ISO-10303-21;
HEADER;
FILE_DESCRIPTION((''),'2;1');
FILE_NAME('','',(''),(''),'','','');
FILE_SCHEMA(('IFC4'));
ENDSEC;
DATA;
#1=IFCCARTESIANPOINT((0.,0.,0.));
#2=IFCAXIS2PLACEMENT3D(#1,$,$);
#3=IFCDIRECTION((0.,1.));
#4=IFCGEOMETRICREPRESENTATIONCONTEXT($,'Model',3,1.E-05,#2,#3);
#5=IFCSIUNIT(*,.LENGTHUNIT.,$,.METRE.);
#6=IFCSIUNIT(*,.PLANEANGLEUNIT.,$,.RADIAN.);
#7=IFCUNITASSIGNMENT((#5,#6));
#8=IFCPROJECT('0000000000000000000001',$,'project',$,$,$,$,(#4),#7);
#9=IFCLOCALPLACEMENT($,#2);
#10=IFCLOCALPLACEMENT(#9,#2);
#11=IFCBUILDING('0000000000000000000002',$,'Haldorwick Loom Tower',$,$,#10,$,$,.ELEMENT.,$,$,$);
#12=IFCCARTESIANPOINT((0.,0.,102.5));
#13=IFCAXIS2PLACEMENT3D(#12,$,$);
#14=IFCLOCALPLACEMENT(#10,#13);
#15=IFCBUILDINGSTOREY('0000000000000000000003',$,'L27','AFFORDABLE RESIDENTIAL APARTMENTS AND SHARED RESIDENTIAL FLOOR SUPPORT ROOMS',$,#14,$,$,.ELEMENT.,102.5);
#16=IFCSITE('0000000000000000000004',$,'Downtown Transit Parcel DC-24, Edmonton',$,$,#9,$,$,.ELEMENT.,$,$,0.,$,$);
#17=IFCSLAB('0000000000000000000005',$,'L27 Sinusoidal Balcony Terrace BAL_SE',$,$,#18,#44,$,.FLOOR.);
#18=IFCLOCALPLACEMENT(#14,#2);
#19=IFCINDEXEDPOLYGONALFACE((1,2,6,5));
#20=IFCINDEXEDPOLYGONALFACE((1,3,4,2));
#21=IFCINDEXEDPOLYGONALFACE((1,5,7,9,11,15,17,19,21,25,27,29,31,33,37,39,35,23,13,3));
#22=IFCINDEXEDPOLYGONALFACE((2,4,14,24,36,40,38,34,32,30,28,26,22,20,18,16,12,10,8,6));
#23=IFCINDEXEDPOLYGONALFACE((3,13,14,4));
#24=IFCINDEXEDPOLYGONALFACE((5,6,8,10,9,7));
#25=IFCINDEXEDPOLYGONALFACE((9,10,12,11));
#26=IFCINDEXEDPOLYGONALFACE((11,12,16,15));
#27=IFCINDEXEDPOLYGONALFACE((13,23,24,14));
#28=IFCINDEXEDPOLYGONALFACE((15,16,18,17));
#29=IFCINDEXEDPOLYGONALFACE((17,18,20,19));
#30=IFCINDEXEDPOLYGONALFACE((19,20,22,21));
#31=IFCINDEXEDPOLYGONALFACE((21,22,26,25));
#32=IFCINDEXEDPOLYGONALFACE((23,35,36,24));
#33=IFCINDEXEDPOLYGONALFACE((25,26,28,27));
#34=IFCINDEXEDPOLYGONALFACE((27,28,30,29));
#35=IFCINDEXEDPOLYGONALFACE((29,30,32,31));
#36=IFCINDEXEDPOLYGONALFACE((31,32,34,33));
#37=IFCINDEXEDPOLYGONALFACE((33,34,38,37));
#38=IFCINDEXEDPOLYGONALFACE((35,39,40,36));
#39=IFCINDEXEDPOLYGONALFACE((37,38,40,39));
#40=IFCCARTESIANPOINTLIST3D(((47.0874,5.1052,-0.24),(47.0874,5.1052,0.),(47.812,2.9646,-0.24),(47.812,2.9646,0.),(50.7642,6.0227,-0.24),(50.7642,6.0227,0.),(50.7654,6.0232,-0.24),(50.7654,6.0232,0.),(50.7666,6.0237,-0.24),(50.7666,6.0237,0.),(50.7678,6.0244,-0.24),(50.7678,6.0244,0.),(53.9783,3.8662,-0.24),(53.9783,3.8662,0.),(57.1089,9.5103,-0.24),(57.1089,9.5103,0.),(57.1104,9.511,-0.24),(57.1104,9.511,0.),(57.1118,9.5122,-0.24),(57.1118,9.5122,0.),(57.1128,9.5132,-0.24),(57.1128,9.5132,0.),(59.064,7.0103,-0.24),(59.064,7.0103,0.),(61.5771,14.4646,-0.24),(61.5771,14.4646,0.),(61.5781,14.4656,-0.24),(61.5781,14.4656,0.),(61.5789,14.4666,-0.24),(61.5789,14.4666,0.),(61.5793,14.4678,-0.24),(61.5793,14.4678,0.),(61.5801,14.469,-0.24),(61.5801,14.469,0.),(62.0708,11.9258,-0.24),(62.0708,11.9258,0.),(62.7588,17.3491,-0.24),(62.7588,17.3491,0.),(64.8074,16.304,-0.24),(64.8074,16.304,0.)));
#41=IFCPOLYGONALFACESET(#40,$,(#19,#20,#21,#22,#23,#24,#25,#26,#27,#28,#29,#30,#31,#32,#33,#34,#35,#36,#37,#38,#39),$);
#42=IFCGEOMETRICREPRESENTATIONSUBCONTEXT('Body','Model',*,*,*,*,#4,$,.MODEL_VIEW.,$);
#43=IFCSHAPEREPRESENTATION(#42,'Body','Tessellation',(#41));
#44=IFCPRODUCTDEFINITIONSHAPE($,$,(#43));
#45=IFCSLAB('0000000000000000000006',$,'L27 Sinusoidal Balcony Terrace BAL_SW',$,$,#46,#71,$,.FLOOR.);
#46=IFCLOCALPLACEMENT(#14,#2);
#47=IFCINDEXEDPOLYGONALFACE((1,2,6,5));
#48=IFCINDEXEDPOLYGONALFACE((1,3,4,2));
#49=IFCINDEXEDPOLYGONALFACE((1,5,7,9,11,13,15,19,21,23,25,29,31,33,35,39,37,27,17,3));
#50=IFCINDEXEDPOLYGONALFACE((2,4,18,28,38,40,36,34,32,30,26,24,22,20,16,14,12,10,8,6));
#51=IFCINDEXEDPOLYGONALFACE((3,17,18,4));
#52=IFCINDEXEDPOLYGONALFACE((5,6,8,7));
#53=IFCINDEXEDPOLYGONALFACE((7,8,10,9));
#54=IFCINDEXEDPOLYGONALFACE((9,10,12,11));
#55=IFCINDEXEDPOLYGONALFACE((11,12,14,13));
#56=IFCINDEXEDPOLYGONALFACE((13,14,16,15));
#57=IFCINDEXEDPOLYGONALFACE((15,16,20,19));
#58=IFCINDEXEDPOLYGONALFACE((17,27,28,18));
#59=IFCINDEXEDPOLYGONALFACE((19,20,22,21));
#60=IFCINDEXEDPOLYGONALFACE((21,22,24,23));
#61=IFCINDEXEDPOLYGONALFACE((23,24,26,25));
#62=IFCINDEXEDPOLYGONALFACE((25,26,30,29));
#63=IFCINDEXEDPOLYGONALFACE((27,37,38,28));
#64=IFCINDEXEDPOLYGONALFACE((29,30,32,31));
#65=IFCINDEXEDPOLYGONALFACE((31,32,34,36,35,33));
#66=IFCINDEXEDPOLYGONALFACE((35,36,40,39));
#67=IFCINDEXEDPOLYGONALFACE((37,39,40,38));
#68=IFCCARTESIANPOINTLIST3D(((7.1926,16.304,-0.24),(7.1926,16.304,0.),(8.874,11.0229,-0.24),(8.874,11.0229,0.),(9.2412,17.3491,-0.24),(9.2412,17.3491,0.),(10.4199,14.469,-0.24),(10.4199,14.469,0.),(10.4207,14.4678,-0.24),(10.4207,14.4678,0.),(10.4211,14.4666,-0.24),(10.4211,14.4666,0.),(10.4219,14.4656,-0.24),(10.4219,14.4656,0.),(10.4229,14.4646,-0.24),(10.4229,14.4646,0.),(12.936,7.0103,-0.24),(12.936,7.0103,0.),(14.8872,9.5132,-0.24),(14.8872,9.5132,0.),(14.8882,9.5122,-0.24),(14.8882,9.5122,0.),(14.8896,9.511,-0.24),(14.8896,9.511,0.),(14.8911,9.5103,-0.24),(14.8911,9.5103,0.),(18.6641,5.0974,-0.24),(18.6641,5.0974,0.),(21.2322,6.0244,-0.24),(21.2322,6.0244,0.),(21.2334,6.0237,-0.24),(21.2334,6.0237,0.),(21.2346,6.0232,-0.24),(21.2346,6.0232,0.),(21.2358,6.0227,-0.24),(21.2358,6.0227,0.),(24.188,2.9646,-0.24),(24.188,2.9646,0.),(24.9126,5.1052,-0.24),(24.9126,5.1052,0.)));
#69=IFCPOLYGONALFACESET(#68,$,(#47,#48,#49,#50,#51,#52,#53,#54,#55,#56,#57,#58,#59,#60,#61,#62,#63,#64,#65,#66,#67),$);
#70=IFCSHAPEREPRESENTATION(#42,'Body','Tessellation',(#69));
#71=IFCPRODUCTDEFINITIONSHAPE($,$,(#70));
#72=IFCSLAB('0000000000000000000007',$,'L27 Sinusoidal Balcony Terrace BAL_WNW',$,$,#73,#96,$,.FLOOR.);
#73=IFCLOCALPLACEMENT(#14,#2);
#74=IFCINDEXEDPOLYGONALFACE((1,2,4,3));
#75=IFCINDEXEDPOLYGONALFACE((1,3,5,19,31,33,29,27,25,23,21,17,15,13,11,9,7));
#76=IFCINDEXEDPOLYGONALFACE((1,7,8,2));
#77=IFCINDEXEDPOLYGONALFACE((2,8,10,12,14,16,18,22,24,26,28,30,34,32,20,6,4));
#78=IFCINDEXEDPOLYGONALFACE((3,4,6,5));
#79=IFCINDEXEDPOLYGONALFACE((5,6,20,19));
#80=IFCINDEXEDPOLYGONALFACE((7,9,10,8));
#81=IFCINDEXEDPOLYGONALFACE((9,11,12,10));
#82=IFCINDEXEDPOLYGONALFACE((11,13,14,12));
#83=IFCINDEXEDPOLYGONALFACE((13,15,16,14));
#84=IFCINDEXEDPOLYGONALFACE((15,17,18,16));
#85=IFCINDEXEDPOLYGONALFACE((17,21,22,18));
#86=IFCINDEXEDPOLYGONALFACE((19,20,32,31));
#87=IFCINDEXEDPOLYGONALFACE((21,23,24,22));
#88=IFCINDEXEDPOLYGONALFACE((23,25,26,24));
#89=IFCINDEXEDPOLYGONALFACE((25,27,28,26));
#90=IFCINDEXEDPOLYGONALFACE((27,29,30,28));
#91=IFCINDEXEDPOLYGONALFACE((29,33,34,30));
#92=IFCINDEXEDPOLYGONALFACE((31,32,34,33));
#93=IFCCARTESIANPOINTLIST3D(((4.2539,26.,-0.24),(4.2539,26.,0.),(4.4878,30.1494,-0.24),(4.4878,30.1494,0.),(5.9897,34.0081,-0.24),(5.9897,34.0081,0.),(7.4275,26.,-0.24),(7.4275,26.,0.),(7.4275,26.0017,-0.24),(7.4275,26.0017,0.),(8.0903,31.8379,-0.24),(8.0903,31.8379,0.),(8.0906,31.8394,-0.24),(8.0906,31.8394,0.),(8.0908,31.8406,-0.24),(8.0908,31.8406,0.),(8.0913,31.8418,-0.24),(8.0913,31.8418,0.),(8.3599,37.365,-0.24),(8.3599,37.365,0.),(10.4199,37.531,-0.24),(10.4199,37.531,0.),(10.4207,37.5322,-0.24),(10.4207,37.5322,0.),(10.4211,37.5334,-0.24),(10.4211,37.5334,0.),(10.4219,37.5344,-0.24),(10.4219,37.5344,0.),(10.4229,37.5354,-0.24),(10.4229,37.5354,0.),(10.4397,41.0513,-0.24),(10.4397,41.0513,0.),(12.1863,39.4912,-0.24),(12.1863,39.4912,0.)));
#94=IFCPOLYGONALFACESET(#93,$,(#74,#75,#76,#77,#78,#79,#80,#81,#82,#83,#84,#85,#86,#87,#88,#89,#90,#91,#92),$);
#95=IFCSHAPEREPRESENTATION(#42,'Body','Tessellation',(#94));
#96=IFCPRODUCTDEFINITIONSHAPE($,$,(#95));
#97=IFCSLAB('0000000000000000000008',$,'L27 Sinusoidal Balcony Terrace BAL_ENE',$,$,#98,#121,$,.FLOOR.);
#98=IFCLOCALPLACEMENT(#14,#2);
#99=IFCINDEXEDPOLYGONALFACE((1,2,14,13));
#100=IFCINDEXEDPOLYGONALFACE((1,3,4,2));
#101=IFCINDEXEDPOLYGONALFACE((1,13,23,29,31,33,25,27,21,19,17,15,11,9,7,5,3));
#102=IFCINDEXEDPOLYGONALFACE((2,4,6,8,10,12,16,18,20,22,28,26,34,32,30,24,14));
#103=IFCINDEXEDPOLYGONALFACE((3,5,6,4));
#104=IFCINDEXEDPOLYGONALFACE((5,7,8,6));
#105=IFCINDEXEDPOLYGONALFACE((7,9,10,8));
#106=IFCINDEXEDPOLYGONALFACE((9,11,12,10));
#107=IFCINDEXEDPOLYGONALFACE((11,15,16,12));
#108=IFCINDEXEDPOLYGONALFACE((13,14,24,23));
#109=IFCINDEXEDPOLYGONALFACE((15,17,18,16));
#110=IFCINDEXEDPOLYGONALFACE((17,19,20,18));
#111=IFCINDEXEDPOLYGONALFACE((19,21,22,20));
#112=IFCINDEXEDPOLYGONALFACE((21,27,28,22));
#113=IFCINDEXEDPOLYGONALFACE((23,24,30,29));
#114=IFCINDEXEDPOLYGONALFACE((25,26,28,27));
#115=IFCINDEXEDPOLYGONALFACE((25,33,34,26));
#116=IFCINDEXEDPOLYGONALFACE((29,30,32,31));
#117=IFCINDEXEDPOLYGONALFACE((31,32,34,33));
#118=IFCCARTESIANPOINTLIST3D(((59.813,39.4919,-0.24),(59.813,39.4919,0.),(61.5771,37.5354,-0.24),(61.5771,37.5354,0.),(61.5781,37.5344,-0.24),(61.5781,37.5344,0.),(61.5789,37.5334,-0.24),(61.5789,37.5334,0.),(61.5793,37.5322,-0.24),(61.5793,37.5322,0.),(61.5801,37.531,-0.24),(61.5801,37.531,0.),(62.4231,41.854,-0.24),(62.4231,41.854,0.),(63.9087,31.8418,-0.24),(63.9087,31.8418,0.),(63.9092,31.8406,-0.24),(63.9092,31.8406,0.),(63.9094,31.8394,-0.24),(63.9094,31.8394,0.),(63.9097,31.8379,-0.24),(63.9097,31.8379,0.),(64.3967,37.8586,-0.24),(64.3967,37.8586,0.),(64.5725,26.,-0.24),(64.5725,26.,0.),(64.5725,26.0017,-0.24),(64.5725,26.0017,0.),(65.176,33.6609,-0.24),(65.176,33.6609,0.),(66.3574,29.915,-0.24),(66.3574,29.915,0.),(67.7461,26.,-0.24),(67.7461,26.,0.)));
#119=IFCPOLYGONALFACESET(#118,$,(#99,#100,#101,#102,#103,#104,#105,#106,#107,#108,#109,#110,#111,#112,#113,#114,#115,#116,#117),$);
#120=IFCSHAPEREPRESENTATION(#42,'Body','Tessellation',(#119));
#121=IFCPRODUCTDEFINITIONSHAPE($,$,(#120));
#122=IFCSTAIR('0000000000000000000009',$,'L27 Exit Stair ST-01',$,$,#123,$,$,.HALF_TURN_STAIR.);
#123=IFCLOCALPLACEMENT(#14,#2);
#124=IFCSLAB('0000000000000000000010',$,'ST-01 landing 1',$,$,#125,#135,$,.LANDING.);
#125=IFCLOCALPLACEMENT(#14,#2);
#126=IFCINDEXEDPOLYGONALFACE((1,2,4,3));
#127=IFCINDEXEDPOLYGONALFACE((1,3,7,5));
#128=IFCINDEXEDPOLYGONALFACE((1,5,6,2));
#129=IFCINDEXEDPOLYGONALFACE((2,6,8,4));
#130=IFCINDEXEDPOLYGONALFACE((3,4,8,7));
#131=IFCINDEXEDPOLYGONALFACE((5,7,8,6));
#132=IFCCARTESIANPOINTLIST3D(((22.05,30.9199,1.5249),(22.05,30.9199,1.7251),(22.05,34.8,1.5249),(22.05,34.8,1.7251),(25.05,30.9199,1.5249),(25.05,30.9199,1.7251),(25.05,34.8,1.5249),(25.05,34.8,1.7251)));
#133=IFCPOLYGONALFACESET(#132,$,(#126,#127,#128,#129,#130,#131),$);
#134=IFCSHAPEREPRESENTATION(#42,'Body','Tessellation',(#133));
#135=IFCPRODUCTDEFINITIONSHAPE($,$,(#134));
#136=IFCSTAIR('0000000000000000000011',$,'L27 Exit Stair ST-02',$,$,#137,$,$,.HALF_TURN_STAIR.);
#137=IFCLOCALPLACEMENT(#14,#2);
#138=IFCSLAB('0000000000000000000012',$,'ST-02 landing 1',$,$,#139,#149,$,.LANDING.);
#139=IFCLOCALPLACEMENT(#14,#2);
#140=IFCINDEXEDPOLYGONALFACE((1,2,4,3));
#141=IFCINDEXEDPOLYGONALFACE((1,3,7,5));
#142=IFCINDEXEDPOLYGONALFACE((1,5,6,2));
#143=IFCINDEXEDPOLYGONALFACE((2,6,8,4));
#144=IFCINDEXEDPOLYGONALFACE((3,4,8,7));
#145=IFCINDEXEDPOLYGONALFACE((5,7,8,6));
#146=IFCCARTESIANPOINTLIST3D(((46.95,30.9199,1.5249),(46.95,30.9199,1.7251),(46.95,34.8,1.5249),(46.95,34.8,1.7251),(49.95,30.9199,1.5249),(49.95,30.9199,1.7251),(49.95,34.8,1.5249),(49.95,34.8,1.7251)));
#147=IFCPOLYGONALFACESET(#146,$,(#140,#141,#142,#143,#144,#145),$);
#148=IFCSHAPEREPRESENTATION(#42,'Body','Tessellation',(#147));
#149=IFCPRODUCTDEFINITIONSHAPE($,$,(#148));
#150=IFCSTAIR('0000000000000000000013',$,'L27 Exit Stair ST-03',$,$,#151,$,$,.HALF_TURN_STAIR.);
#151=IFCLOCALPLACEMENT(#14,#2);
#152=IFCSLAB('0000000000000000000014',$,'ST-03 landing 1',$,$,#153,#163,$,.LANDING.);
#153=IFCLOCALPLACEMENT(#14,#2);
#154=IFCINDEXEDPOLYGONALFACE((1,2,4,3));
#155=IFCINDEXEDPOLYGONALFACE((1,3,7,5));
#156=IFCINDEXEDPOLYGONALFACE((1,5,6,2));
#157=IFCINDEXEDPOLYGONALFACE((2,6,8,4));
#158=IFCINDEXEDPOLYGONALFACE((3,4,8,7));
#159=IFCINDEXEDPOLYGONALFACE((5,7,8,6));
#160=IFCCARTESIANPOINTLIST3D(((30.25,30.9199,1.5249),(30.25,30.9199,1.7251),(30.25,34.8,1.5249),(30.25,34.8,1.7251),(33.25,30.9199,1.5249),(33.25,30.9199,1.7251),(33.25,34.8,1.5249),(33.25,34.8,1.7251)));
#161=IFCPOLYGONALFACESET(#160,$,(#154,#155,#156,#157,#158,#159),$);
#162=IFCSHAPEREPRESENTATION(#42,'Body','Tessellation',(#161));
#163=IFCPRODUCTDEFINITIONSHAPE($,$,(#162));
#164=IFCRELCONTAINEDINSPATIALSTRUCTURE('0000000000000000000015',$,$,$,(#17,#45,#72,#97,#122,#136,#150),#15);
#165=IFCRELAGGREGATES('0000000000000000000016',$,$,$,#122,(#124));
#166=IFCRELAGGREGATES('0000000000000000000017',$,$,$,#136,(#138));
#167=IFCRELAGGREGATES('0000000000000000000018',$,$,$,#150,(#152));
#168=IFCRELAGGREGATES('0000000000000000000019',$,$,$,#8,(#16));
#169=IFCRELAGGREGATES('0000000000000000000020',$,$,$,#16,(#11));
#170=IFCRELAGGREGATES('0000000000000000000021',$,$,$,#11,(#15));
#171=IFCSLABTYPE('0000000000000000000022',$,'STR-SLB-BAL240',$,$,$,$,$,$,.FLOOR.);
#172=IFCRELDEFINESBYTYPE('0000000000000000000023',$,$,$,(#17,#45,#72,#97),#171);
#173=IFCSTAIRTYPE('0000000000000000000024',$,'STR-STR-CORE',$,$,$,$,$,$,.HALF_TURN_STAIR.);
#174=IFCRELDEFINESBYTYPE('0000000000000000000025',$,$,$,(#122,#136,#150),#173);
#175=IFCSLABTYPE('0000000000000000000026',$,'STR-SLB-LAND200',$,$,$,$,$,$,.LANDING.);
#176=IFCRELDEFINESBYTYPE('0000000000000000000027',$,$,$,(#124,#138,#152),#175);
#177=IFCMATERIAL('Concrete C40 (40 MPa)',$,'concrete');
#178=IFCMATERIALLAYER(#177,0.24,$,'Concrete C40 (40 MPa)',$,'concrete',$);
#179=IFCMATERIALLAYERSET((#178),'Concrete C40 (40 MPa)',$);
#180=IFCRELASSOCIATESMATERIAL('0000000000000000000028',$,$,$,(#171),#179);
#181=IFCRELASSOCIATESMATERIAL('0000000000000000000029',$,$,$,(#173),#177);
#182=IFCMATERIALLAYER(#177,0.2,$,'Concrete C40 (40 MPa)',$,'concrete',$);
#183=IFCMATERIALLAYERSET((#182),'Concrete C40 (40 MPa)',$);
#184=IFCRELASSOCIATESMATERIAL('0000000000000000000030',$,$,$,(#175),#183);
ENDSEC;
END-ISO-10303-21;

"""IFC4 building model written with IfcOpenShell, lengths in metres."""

from ifc_helpers import new_model, si_unit, direction, frame, origin, place, context, subcontext, project, spatial, polyline, outline, extrude, material, layer, layer_set, type_object, element, aggregate, save


model = new_model("IFC4")

# Units and contexts
model_context = context("Model", 3, precision=1e-05, world=origin(), true_north=direction((0.0, 1.0)))
body_context = subcontext(model_context, "Body", "Model", "MODEL_VIEW")
ifc_project = project(units=[si_unit("LENGTHUNIT", "METRE"), si_unit("PLANEANGLEUNIT", "RADIAN")], contexts=[model_context])

# Site, building, storey
site_placement = place(None, origin())
site = spatial("IfcSite", under=ifc_project, at=site_placement, Name="Downtown Transit Parcel DC-24, Edmonton", CompositionType="ELEMENT", RefElevation=0.0)
building_placement = place(site_placement, origin())
building = spatial("IfcBuilding", under=site, at=building_placement, Name="Haldorwick Loom Tower", CompositionType="ELEMENT")
storey_placement = place(building_placement, frame((0.0, 0.0, 102.5)))
storey = spatial("IfcBuildingStorey", under=building, at=storey_placement, Name="L27", Description="AFFORDABLE RESIDENTIAL APARTMENTS AND SHARED RESIDENTIAL FLOOR SUPPORT ROOMS", CompositionType="ELEMENT", Elevation=102.5)

# Slabs
ifc_material_1 = material(Name="Concrete C40 (40 MPa)", Category="concrete")
ifc_layer_1 = layer(ifc_material_1, 0.24, Name="Concrete C40 (40 MPa)", Category="concrete")
ifc_layer_set_1 = layer_set([ifc_layer_1], Name="Concrete C40 (40 MPa)")
slab_type_1 = type_object("IfcSlabType", Name="STR-SLB-BAL240", PredefinedType="FLOOR", material=ifc_layer_set_1)
slab_1_placement = place(storey_placement, frame((0.0, 0.0, -0.24)))
element("IfcSlab", 1, at=slab_1_placement, inside=storey, type_object=slab_type_1, Name="L27 Sinusoidal Balcony Terrace BAL_SE", PredefinedType="FLOOR", context=body_context, shape_type="SweptSolid", body=[
    extrude(outline(polyline([(62.7588, 17.3491), (61.5801, 14.469), (61.5793, 14.4678), (61.5789, 14.4666), (61.5781, 14.4656), (61.5771, 14.4646), (57.1128, 9.5132), (57.1118, 9.5122), (57.1104, 9.511), (57.1089, 9.5103), (50.7678, 6.0244), (50.7666, 6.0237), (50.7654, 6.0232), (50.7642, 6.0227), (47.0874, 5.1052), (47.812, 2.9646), (53.9783, 3.8662), (59.064, 7.0103), (62.0708, 11.9258), (64.8074, 16.304), (62.7588, 17.3491)])), origin(), (0.0, 0.0, 1.0), 0.24),
])
slab_2_placement = place(storey_placement, frame((0.0, 0.0, -0.24)))
element("IfcSlab", 2, at=slab_2_placement, inside=storey, type_object=slab_type_1, Name="L27 Sinusoidal Balcony Terrace BAL_SW", PredefinedType="FLOOR", context=body_context, shape_type="SweptSolid", body=[
    extrude(outline(polyline([(24.9126, 5.1052), (21.2358, 6.0227), (21.2346, 6.0232), (21.2334, 6.0237), (21.2322, 6.0244), (14.8911, 9.5103), (14.8896, 9.511), (14.8882, 9.5122), (14.8872, 9.5132), (10.4229, 14.4646), (10.4219, 14.4656), (10.4211, 14.4666), (10.4207, 14.4678), (10.4199, 14.469), (9.2412, 17.3491), (7.1926, 16.304), (8.874, 11.0229), (12.936, 7.0103), (18.6641, 5.0974), (24.188, 2.9646), (24.9126, 5.1052)])), origin(), (0.0, 0.0, 1.0), 0.24),
])
slab_3_placement = place(storey_placement, frame((0.0, 0.0, -0.24)))
element("IfcSlab", 3, at=slab_3_placement, inside=storey, type_object=slab_type_1, Name="L27 Sinusoidal Balcony Terrace BAL_WNW", PredefinedType="FLOOR", context=body_context, shape_type="SweptSolid", body=[
    extrude(outline(polyline([(7.4275, 26.0), (7.4275, 26.0017), (8.0903, 31.8379), (8.0906, 31.8394), (8.0908, 31.8406), (8.0913, 31.8418), (10.4199, 37.531), (10.4207, 37.5322), (10.4211, 37.5334), (10.4219, 37.5344), (10.4229, 37.5354), (12.1863, 39.4912), (10.4397, 41.0513), (8.3599, 37.365), (5.9897, 34.0081), (4.4878, 30.1494), (4.2539, 26.0), (7.4275, 26.0)])), origin(), (0.0, 0.0, 1.0), 0.24),
])
slab_4_placement = place(storey_placement, frame((0.0, 0.0, -0.24)))
element("IfcSlab", 4, at=slab_4_placement, inside=storey, type_object=slab_type_1, Name="L27 Sinusoidal Balcony Terrace BAL_ENE", PredefinedType="FLOOR", context=body_context, shape_type="SweptSolid", body=[
    extrude(outline(polyline([(59.813, 39.4919), (61.5771, 37.5354), (61.5781, 37.5344), (61.5789, 37.5334), (61.5793, 37.5322), (61.5801, 37.531), (63.9087, 31.8418), (63.9092, 31.8406), (63.9094, 31.8394), (63.9097, 31.8379), (64.5725, 26.0017), (64.5725, 26.0), (67.7461, 26.0), (66.3574, 29.915), (65.176, 33.6609), (64.3967, 37.8586), (62.4231, 41.854), (59.813, 39.4919)])), origin(), (0.0, 0.0, 1.0), 0.24),
])

# Stairs, slabs
stair_type = type_object("IfcStairType", Name="STR-STR-CORE", PredefinedType="HALF_TURN_STAIR", material=ifc_material_1)
stair_1_placement = place(storey_placement, origin())
stair_1 = element("IfcStair", 5, at=stair_1_placement, inside=storey, type_object=stair_type, Name="L27 Exit Stair ST-01", PredefinedType="HALF_TURN_STAIR")
ifc_layer_2 = layer(ifc_material_1, 0.2, Name="Concrete C40 (40 MPa)", Category="concrete")
ifc_layer_set_2 = layer_set([ifc_layer_2], Name="Concrete C40 (40 MPa)")
slab_type_2 = type_object("IfcSlabType", Name="STR-SLB-LAND200", PredefinedType="LANDING", material=ifc_layer_set_2)
slab_5_placement = place(storey_placement, frame((0.0, 0.0, 1.5249)))
slab_5 = element("IfcSlab", 6, at=slab_5_placement, type_object=slab_type_2, Name="ST-01 landing 1", PredefinedType="LANDING", context=body_context, shape_type="SweptSolid", body=[
    extrude(outline(polyline([(25.05, 30.9199), (25.05, 34.8), (22.05, 34.8), (22.05, 30.9199), (25.05, 30.9199)])), origin(), (0.0, 0.0, 1.0), 0.2002),
])
aggregate(stair_1, [slab_5])
stair_2_placement = place(storey_placement, origin())
stair_2 = element("IfcStair", 7, at=stair_2_placement, inside=storey, type_object=stair_type, Name="L27 Exit Stair ST-02", PredefinedType="HALF_TURN_STAIR")
slab_6_placement = place(storey_placement, frame((0.0, 0.0, 1.5249)))
slab_6 = element("IfcSlab", 8, at=slab_6_placement, type_object=slab_type_2, Name="ST-02 landing 1", PredefinedType="LANDING", context=body_context, shape_type="SweptSolid", body=[
    extrude(outline(polyline([(49.95, 30.9199), (49.95, 34.8), (46.95, 34.8), (46.95, 30.9199), (49.95, 30.9199)])), origin(), (0.0, 0.0, 1.0), 0.2002),
])
aggregate(stair_2, [slab_6])
stair_3_placement = place(storey_placement, origin())
stair_3 = element("IfcStair", 9, at=stair_3_placement, inside=storey, type_object=stair_type, Name="L27 Exit Stair ST-03", PredefinedType="HALF_TURN_STAIR")
slab_7_placement = place(storey_placement, frame((0.0, 0.0, 1.5249)))
slab_7 = element("IfcSlab", 10, at=slab_7_placement, type_object=slab_type_2, Name="ST-03 landing 1", PredefinedType="LANDING", context=body_context, shape_type="SweptSolid", body=[
    extrude(outline(polyline([(33.25, 30.9199), (33.25, 34.8), (30.25, 34.8), (30.25, 30.9199), (33.25, 30.9199)])), origin(), (0.0, 0.0, 1.0), 0.2002),
])
aggregate(stair_3, [slab_7])

save(model, "model.ifc")
